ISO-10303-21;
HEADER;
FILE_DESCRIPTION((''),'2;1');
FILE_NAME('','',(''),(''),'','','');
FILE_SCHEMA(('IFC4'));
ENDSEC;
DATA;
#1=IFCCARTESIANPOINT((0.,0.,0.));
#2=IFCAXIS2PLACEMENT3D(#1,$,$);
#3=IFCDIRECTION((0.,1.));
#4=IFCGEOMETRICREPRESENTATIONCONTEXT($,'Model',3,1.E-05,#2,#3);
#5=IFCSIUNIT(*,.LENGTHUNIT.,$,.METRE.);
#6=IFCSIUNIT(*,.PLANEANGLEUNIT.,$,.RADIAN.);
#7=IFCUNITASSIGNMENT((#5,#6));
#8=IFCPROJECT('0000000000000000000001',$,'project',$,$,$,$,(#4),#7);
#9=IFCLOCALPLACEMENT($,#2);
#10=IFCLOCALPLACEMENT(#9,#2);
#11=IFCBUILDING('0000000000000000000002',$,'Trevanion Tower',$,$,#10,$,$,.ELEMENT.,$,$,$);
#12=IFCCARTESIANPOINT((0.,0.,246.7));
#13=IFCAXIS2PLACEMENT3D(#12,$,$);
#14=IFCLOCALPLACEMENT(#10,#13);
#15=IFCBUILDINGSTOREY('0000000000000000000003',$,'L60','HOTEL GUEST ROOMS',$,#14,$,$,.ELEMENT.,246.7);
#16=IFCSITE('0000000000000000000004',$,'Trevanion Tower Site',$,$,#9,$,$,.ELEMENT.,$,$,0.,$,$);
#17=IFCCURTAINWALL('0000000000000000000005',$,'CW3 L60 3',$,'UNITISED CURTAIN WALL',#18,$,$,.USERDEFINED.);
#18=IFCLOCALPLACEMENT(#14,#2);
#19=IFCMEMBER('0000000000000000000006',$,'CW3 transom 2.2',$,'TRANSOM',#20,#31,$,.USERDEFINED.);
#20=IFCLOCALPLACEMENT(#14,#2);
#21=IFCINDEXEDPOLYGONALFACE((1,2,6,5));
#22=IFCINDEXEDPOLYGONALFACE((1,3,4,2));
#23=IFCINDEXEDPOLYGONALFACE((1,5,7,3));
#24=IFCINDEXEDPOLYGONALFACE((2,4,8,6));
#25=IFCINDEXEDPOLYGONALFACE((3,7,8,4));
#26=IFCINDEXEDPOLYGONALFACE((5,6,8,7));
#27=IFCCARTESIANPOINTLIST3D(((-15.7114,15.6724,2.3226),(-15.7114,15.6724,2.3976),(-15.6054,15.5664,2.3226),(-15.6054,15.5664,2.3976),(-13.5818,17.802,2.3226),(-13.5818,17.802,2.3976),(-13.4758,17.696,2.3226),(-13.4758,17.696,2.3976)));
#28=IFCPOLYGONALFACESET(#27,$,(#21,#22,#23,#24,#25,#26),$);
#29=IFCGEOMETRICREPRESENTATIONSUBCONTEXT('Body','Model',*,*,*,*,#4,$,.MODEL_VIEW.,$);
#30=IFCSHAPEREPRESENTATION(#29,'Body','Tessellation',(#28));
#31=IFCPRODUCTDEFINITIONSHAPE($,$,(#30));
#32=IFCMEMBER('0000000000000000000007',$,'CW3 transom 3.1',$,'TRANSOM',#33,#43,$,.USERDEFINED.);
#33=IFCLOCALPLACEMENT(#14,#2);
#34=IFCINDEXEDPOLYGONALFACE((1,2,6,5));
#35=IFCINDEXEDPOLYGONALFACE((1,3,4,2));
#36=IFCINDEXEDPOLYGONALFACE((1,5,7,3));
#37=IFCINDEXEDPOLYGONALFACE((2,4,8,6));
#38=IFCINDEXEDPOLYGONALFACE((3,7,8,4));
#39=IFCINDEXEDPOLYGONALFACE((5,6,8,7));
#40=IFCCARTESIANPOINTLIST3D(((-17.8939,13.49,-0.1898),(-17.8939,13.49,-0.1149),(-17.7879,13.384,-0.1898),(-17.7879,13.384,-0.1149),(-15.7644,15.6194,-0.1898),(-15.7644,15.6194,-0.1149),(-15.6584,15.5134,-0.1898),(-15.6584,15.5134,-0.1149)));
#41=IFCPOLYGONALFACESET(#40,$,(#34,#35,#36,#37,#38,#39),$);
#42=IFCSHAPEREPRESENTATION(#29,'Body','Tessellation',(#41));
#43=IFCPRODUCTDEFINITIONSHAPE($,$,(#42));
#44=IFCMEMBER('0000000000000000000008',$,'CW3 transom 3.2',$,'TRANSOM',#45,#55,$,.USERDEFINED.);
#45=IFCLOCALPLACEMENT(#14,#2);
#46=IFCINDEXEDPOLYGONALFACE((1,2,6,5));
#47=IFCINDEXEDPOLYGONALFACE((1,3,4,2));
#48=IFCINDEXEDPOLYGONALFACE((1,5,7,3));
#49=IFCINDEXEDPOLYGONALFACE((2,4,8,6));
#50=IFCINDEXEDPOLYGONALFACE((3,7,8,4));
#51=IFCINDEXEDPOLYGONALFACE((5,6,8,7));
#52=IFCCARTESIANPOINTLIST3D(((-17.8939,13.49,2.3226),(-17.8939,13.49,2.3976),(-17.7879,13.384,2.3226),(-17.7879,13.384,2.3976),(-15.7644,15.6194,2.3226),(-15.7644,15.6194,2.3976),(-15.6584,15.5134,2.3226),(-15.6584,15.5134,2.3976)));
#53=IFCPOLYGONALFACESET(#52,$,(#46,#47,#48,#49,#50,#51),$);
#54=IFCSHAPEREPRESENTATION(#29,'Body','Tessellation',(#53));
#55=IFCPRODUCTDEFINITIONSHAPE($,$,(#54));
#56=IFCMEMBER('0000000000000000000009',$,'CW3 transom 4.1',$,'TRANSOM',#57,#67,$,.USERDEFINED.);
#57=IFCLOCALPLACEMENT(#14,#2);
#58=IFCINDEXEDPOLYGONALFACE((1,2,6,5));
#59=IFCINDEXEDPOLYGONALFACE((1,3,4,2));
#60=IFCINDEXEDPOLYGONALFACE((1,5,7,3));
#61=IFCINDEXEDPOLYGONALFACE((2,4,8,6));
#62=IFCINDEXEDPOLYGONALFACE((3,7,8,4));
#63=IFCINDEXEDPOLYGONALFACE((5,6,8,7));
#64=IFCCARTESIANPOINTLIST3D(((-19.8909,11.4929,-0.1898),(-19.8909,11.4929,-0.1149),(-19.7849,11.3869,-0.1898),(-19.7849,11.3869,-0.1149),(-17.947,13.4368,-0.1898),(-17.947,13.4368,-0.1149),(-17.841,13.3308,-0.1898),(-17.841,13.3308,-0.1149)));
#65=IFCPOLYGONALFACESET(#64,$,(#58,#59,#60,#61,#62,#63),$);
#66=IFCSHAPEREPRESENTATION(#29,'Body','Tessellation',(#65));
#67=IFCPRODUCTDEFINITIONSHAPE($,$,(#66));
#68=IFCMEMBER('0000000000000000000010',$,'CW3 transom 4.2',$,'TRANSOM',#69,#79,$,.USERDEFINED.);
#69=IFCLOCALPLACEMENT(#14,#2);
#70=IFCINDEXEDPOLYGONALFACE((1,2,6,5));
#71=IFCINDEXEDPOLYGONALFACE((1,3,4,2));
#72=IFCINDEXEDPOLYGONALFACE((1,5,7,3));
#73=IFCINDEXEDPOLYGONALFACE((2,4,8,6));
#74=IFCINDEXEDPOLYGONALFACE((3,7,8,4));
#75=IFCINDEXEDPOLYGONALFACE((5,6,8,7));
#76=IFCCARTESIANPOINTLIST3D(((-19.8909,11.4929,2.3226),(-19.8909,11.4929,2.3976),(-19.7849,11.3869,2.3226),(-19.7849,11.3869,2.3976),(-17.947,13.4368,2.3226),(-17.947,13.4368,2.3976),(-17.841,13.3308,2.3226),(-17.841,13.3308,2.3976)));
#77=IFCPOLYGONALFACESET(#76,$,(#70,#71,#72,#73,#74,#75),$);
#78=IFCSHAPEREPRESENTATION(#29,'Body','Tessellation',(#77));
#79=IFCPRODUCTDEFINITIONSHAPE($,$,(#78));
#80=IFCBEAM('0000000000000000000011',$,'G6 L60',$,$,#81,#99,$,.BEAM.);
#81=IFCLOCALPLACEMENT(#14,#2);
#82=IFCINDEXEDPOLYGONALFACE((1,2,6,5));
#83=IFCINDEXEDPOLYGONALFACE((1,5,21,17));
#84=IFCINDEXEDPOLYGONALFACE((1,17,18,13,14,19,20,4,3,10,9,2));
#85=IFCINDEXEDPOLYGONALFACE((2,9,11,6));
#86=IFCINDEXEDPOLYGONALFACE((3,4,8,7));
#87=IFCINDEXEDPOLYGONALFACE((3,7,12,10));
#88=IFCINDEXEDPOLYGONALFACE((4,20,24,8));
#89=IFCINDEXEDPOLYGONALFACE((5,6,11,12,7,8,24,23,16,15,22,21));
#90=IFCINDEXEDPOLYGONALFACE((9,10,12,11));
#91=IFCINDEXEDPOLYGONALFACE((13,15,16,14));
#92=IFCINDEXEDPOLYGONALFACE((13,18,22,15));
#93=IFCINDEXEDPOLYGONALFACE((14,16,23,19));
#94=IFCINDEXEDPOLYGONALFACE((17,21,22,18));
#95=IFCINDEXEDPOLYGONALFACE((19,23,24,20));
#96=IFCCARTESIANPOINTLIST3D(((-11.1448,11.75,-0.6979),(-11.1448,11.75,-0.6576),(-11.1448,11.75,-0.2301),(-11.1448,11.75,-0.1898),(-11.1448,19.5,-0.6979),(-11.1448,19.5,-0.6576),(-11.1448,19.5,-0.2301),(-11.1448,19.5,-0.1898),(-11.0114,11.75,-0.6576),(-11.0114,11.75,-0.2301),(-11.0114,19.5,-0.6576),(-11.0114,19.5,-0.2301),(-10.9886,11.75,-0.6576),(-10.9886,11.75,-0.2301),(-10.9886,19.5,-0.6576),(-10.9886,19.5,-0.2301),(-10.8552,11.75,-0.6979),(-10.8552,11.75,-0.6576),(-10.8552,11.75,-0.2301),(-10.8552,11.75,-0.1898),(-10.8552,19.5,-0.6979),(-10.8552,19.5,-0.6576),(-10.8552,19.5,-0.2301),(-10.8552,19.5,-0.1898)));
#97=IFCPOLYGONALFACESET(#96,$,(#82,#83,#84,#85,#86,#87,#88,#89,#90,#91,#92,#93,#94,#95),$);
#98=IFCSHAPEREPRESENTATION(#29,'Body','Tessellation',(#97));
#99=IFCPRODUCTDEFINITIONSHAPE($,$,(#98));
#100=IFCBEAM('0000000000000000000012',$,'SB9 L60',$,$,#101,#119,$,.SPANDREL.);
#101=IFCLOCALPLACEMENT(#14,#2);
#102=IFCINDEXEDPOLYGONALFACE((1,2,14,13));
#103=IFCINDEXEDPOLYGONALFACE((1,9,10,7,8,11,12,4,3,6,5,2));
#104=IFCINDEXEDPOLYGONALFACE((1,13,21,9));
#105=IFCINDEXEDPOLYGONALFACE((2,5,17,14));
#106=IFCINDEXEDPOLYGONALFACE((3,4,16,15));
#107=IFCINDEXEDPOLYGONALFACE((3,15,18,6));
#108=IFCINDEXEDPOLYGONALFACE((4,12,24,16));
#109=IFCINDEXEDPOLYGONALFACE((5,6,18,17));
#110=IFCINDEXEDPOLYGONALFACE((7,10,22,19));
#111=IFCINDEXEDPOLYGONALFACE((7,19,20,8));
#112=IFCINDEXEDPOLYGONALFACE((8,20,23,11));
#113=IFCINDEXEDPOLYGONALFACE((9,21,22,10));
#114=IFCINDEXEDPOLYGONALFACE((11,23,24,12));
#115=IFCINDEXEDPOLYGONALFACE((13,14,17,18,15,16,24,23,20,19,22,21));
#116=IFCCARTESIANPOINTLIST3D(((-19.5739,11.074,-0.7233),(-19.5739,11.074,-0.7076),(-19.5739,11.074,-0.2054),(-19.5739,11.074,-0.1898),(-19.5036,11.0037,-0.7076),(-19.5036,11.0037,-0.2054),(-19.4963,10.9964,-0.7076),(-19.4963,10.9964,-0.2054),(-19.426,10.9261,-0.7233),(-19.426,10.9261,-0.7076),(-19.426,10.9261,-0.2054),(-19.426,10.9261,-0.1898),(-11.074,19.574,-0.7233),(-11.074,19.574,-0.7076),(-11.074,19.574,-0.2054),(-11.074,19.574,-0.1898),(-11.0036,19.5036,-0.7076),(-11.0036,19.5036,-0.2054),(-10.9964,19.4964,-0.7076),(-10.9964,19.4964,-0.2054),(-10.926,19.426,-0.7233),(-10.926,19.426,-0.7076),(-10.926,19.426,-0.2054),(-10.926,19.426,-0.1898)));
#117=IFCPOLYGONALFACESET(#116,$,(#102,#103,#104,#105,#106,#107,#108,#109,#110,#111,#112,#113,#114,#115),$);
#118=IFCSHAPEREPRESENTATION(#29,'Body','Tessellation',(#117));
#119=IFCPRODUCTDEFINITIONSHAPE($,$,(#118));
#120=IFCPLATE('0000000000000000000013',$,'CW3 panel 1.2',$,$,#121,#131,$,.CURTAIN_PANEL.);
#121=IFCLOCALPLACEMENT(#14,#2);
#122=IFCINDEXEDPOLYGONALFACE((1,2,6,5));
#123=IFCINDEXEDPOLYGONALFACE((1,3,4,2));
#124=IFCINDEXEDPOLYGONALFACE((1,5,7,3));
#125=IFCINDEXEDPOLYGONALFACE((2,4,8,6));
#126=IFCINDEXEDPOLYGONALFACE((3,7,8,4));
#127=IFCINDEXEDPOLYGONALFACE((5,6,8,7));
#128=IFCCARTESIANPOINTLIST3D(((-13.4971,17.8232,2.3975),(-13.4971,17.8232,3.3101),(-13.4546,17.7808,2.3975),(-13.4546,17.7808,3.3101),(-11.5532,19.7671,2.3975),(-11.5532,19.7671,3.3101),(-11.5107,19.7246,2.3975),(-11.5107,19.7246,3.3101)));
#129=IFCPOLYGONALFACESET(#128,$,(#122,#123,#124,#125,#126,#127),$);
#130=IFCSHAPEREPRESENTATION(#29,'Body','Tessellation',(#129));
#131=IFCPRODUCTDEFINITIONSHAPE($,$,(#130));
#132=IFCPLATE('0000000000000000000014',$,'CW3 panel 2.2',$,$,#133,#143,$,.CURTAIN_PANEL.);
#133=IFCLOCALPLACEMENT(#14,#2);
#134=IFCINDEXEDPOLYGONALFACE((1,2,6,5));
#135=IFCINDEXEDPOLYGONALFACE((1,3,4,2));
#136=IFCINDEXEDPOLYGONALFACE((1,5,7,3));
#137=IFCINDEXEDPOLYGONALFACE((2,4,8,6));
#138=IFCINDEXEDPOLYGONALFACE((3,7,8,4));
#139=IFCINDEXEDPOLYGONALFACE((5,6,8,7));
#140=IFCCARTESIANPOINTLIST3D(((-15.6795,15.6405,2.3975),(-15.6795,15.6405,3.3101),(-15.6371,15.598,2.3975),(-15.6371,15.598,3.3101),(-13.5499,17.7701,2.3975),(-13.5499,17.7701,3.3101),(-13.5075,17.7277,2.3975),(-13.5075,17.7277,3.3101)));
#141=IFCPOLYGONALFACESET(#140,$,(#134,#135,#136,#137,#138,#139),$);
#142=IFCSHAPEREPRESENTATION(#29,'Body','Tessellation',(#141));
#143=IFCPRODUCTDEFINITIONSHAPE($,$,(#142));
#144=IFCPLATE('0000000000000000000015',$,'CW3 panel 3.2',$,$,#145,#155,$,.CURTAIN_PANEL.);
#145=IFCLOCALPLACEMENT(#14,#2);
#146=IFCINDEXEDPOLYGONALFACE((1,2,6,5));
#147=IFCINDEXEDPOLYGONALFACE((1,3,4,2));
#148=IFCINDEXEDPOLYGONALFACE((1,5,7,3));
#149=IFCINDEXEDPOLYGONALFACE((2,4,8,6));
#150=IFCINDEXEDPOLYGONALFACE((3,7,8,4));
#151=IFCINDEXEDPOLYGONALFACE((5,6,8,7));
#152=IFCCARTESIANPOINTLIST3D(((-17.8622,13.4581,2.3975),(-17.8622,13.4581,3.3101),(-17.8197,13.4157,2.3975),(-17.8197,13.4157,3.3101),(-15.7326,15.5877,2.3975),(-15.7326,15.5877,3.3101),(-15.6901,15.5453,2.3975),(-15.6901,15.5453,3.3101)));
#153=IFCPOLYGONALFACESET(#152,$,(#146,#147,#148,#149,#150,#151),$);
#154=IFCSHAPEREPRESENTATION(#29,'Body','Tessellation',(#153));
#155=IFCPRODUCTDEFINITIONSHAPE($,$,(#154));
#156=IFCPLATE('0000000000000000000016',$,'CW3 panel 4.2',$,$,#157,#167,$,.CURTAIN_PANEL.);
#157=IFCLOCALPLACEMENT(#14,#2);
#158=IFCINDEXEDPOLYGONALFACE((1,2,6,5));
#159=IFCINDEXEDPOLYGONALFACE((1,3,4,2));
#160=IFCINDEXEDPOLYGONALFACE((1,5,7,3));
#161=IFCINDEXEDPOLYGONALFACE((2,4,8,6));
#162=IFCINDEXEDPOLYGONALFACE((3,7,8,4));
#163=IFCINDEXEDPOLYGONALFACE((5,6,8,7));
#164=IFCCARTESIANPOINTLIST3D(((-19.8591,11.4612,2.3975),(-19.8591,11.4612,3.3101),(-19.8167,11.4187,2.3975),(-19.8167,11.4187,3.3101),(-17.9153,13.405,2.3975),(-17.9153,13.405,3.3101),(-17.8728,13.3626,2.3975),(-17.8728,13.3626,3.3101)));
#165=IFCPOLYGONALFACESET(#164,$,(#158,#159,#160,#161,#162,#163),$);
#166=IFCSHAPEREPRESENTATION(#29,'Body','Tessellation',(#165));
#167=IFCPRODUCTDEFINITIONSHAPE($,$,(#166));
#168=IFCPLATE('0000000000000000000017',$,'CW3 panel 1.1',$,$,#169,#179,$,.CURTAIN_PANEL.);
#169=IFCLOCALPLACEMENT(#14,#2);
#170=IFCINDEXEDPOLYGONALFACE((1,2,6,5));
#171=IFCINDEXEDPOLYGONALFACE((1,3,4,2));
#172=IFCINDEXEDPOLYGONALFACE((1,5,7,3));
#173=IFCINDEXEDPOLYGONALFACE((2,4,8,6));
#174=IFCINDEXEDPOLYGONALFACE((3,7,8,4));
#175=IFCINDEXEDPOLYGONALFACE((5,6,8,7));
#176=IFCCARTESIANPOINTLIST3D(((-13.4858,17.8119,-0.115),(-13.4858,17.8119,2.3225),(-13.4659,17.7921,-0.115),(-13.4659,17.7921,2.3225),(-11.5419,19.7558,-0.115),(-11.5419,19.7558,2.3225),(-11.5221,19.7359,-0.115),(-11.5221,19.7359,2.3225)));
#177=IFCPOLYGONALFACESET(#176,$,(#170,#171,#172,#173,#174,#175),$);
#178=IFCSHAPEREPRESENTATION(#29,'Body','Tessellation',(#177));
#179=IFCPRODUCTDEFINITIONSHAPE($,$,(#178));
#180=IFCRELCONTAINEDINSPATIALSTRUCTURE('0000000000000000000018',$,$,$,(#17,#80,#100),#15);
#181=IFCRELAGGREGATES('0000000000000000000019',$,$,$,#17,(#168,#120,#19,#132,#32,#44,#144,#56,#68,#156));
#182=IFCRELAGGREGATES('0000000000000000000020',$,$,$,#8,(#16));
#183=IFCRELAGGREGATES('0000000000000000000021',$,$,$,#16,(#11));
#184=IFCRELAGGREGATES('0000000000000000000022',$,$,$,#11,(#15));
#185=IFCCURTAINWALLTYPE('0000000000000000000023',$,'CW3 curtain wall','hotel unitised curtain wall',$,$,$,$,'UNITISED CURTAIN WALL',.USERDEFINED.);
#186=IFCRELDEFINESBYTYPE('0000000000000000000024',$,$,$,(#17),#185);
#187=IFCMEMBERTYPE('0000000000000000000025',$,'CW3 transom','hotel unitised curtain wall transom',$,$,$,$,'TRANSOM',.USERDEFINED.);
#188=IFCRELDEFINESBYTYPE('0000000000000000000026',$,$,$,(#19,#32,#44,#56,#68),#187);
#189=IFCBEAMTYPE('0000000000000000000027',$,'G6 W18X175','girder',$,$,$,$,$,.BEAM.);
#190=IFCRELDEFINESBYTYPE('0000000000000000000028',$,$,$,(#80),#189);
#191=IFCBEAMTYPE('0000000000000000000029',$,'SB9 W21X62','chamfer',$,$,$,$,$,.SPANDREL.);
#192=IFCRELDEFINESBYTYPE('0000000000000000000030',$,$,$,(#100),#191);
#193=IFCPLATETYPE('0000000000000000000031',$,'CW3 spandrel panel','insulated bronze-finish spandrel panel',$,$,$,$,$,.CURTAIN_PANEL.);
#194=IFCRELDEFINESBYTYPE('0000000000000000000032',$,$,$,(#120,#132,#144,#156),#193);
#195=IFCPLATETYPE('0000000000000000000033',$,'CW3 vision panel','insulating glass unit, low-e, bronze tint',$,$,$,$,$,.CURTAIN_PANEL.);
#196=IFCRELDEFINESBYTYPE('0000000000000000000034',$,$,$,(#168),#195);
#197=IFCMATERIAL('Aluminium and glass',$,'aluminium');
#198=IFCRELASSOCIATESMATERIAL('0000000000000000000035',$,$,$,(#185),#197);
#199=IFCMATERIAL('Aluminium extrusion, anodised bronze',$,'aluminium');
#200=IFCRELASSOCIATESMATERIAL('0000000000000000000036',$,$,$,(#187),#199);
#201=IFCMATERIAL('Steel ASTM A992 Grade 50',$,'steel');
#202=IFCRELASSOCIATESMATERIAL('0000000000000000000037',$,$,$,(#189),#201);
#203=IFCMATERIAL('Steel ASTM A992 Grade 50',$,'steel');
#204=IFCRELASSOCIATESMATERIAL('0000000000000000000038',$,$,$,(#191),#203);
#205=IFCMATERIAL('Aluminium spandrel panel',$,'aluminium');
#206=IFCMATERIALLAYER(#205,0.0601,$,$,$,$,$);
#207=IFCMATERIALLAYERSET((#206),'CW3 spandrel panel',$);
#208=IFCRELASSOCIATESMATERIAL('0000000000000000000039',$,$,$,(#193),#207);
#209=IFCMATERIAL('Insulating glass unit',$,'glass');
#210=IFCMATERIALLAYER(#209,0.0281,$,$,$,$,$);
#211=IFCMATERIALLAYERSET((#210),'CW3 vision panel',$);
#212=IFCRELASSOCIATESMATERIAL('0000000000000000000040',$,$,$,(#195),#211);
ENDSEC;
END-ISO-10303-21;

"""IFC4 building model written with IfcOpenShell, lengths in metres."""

from ifc_helpers import new_model, si_unit, direction, frame, origin, origin_2d, place, context, subcontext, project, spatial, rectangle, i_section, extrude, material, layer, layer_set, material_profile, profile_set, type_object, element, aggregate, save


model = new_model("IFC4")

# Units and contexts
model_context = context("Model", 3, precision=1e-05, world=origin(), true_north=direction((0.0, 1.0)))
body_context = subcontext(model_context, "Body", "Model", "MODEL_VIEW")
ifc_project = project(units=[si_unit("LENGTHUNIT", "METRE"), si_unit("PLANEANGLEUNIT", "RADIAN")], contexts=[model_context])

# Site, building, storey
site_placement = place(None, origin())
site = spatial("IfcSite", under=ifc_project, at=site_placement, Name="Trevanion Tower Site", CompositionType="ELEMENT", RefElevation=0.0)
building_placement = place(site_placement, origin())
building = spatial("IfcBuilding", under=site, at=building_placement, Name="Trevanion Tower", CompositionType="ELEMENT")
storey_placement = place(building_placement, frame((0.0, 0.0, 246.7)))
storey = spatial("IfcBuildingStorey", under=building, at=storey_placement, Name="L60", Description="HOTEL GUEST ROOMS", CompositionType="ELEMENT", Elevation=246.7)

# Curtain wall
ifc_material_1 = material(Name="Aluminium and glass", Category="aluminium")
curtain_wall_type = type_object("IfcCurtainWallType", Name="CW3 curtain wall", Description="hotel unitised curtain wall", ElementType="UNITISED CURTAIN WALL", PredefinedType="USERDEFINED", material=ifc_material_1)
curtain_wall_1_placement = place(storey_placement, origin())
curtain_wall_1 = element("IfcCurtainWall", 1, at=curtain_wall_1_placement, inside=storey, type_object=curtain_wall_type, Name="CW3 L60 3", ObjectType="UNITISED CURTAIN WALL", PredefinedType="USERDEFINED")

# Members
ifc_material_2 = material(Name="Aluminium extrusion, anodised bronze", Category="aluminium")
ifc_material_profile_1 = material_profile(ifc_material_2, rectangle(XDim=0.1499, YDim=0.075, at=origin_2d()), Name="CW3 transom")
ifc_profile_set_1 = profile_set([ifc_material_profile_1], Name="Aluminium extrusion, anodised bronze")
member_type_1 = type_object("IfcMemberType", Name="CW3 transom", Description="hotel unitised curtain wall transom", ElementType="TRANSOM", PredefinedType="USERDEFINED", material=ifc_profile_set_1)
member_1_placement = place(storey_placement, frame((-13.5288, 17.749, 2.3601), z_axis=(-0.707107, -0.707107, 0.0), x_axis=(0.707107, -0.707107, 0.0)))
member_1 = element("IfcMember", 2, at=member_1_placement, type_object=member_type_1, Name="CW3 transom 2.2", ObjectType="TRANSOM", PredefinedType="USERDEFINED", context=body_context, shape_type="SweptSolid", body=[
    extrude(rectangle(XDim=0.1499, YDim=0.075, at=origin_2d()), origin(), (0.0, 0.0, 1.0), 3.0117),
])
member_2_placement = place(storey_placement, frame((-15.7114, 15.5664, -0.1523), z_axis=(-0.707107, -0.707107, 0.0), x_axis=(0.707107, -0.707107, 0.0)))
member_2 = element("IfcMember", 3, at=member_2_placement, type_object=member_type_1, Name="CW3 transom 3.1", ObjectType="TRANSOM", PredefinedType="USERDEFINED", context=body_context, shape_type="SweptSolid", body=[
    extrude(rectangle(XDim=0.1499, YDim=0.075, at=origin_2d()), origin(), (0.0, 0.0, 1.0), 3.0115),
])
member_3_placement = place(storey_placement, frame((-15.7114, 15.5664, 2.3601), z_axis=(-0.707107, -0.707107, 0.0), x_axis=(0.707107, -0.707107, 0.0)))
member_3 = element("IfcMember", 4, at=member_3_placement, type_object=member_type_1, Name="CW3 transom 3.2", ObjectType="TRANSOM", PredefinedType="USERDEFINED", context=body_context, shape_type="SweptSolid", body=[
    extrude(rectangle(XDim=0.1499, YDim=0.075, at=origin_2d()), origin(), (0.0, 0.0, 1.0), 3.0115),
])
member_4_placement = place(storey_placement, frame((-17.894, 13.3838, -0.1523), z_axis=(-0.707107, -0.707107, 0.0), x_axis=(0.707107, -0.707107, 0.0)))
member_4 = element("IfcMember", 5, at=member_4_placement, type_object=member_type_1, Name="CW3 transom 4.1", ObjectType="TRANSOM", PredefinedType="USERDEFINED", context=body_context, shape_type="SweptSolid", body=[
    extrude(rectangle(XDim=0.1499, YDim=0.075, at=origin_2d()), origin(), (0.0, 0.0, 1.0), 2.749),
])
member_5_placement = place(storey_placement, frame((-17.894, 13.3838, 2.3601), z_axis=(-0.707107, -0.707107, 0.0), x_axis=(0.707107, -0.707107, 0.0)))
member_5 = element("IfcMember", 6, at=member_5_placement, type_object=member_type_1, Name="CW3 transom 4.2", ObjectType="TRANSOM", PredefinedType="USERDEFINED", context=body_context, shape_type="SweptSolid", body=[
    extrude(rectangle(XDim=0.1499, YDim=0.075, at=origin_2d()), origin(), (0.0, 0.0, 1.0), 2.749),
])

# Beams
ifc_material_3 = material(Name="Steel ASTM A992 Grade 50", Category="steel")
ifc_material_profile_2 = material_profile(ifc_material_3, i_section(OverallWidth=0.2896, OverallDepth=0.5081, WebThickness=0.0227, FlangeThickness=0.0403, at=origin_2d()), Name="W18X175")
ifc_profile_set_2 = profile_set([ifc_material_profile_2], Name="Steel ASTM A992 Grade 50")
beam_type_1 = type_object("IfcBeamType", Name="G6 W18X175", Description="girder", PredefinedType="BEAM", material=ifc_profile_set_2)
beam_1_placement = place(storey_placement, frame((-11.0, 11.75, -0.4438), z_axis=(0.0, 1.0, 0.0), x_axis=(-1.0, 0.0, 0.0)))
element("IfcBeam", 7, at=beam_1_placement, inside=storey, type_object=beam_type_1, Name="G6 L60", PredefinedType="BEAM", context=body_context, shape_type="SweptSolid", body=[
    extrude(i_section(OverallWidth=0.2896, OverallDepth=0.5081, WebThickness=0.0227, FlangeThickness=0.0403, at=origin_2d()), origin(), (0.0, 0.0, 1.0), 7.75),
])
ifc_material_4 = material(Name="Steel ASTM A992 Grade 50", Category="steel")
ifc_material_profile_3 = material_profile(ifc_material_4, i_section(OverallWidth=0.2092, OverallDepth=0.5334, WebThickness=0.0103, FlangeThickness=0.0156, at=origin_2d()), Name="W21X62")
ifc_profile_set_3 = profile_set([ifc_material_profile_3], Name="Steel ASTM A992 Grade 50")
beam_type_2 = type_object("IfcBeamType", Name="SB9 W21X62", Description="chamfer", PredefinedType="SPANDREL", material=ifc_profile_set_3)
beam_2_placement = place(storey_placement, frame((-11.0, 19.5, -0.4565), z_axis=(-0.707107, -0.707107, 0.0), x_axis=(0.707107, -0.707107, 0.0)))
element("IfcBeam", 8, at=beam_2_placement, inside=storey, type_object=beam_type_2, Name="SB9 L60", PredefinedType="SPANDREL", context=body_context, shape_type="SweptSolid", body=[
    extrude(i_section(OverallWidth=0.2092, OverallDepth=0.5334, WebThickness=0.0103, FlangeThickness=0.0156, at=origin_2d()), origin(), (0.0, 0.0, 1.0), 12.0208),
])

# Plates
ifc_material_5 = material(Name="Aluminium spandrel panel", Category="aluminium")
ifc_layer_1 = layer(ifc_material_5, 0.0601)
ifc_layer_set_1 = layer_set([ifc_layer_1], Name="CW3 spandrel panel")
plate_type_1 = type_object("IfcPlateType", Name="CW3 spandrel panel", Description="insulated bronze-finish spandrel panel", PredefinedType="CURTAIN_PANEL", material=ifc_layer_set_1)
plate_1_placement = place(storey_placement, frame((-12.5039, 18.7739, 2.3975), z_axis=(0.0, 0.0, 1.0), x_axis=(-0.707107, -0.707107, 0.0)))
plate_1 = element("IfcPlate", 9, at=plate_1_placement, type_object=plate_type_1, Name="CW3 panel 1.2", PredefinedType="CURTAIN_PANEL", context=body_context, shape_type="SweptSolid", body=[
    extrude(rectangle(XDim=2.749, YDim=0.0601, at=origin_2d()), origin(), (0.0, 0.0, 1.0), 0.9126),
])
plate_2_placement = place(storey_placement, frame((-14.5935, 16.6841, 2.3975), z_axis=(0.0, 0.0, 1.0), x_axis=(-0.707107, -0.707107, 0.0)))
plate_2 = element("IfcPlate", 10, at=plate_2_placement, type_object=plate_type_1, Name="CW3 panel 2.2", PredefinedType="CURTAIN_PANEL", context=body_context, shape_type="SweptSolid", body=[
    extrude(rectangle(XDim=3.0117, YDim=0.0601, at=origin_2d()), origin(), (0.0, 0.0, 1.0), 0.9126),
])
plate_3_placement = place(storey_placement, frame((-16.7761, 14.5017, 2.3975), z_axis=(0.0, 0.0, 1.0), x_axis=(-0.707107, -0.707107, 0.0)))
plate_3 = element("IfcPlate", 11, at=plate_3_placement, type_object=plate_type_1, Name="CW3 panel 3.2", PredefinedType="CURTAIN_PANEL", context=body_context, shape_type="SweptSolid", body=[
    extrude(rectangle(XDim=3.0117, YDim=0.0601, at=origin_2d()), origin(), (0.0, 0.0, 1.0), 0.9126),
])
plate_4_placement = place(storey_placement, frame((-18.866, 12.4119, 2.3975), z_axis=(0.0, 0.0, 1.0), x_axis=(-0.707107, -0.707107, 0.0)))
plate_4 = element("IfcPlate", 12, at=plate_4_placement, type_object=plate_type_1, Name="CW3 panel 4.2", PredefinedType="CURTAIN_PANEL", context=body_context, shape_type="SweptSolid", body=[
    extrude(rectangle(XDim=2.749, YDim=0.0601, at=origin_2d()), origin(), (0.0, 0.0, 1.0), 0.9126),
])
ifc_material_6 = material(Name="Insulating glass unit", Category="glass")
ifc_layer_2 = layer(ifc_material_6, 0.0281)
ifc_layer_set_2 = layer_set([ifc_layer_2], Name="CW3 vision panel")
plate_type_2 = type_object("IfcPlateType", Name="CW3 vision panel", Description="insulating glass unit, low-e, bronze tint", PredefinedType="CURTAIN_PANEL", material=ifc_layer_set_2)
plate_5_placement = place(storey_placement, frame((-12.5039, 18.7739, -0.115), z_axis=(0.0, 0.0, 1.0), x_axis=(-0.707107, -0.707107, 0.0)))
plate_5 = element("IfcPlate", 13, at=plate_5_placement, type_object=plate_type_2, Name="CW3 panel 1.1", PredefinedType="CURTAIN_PANEL", context=body_context, shape_type="SweptSolid", body=[
    extrude(rectangle(XDim=2.749, YDim=0.0281, at=origin_2d()), origin(), (0.0, 0.0, 1.0), 2.4375),
])
aggregate(curtain_wall_1, [plate_5, plate_1, member_1, plate_2, member_2, member_3, plate_3, member_4, member_5, plate_4])

save(model, "model.ifc")
